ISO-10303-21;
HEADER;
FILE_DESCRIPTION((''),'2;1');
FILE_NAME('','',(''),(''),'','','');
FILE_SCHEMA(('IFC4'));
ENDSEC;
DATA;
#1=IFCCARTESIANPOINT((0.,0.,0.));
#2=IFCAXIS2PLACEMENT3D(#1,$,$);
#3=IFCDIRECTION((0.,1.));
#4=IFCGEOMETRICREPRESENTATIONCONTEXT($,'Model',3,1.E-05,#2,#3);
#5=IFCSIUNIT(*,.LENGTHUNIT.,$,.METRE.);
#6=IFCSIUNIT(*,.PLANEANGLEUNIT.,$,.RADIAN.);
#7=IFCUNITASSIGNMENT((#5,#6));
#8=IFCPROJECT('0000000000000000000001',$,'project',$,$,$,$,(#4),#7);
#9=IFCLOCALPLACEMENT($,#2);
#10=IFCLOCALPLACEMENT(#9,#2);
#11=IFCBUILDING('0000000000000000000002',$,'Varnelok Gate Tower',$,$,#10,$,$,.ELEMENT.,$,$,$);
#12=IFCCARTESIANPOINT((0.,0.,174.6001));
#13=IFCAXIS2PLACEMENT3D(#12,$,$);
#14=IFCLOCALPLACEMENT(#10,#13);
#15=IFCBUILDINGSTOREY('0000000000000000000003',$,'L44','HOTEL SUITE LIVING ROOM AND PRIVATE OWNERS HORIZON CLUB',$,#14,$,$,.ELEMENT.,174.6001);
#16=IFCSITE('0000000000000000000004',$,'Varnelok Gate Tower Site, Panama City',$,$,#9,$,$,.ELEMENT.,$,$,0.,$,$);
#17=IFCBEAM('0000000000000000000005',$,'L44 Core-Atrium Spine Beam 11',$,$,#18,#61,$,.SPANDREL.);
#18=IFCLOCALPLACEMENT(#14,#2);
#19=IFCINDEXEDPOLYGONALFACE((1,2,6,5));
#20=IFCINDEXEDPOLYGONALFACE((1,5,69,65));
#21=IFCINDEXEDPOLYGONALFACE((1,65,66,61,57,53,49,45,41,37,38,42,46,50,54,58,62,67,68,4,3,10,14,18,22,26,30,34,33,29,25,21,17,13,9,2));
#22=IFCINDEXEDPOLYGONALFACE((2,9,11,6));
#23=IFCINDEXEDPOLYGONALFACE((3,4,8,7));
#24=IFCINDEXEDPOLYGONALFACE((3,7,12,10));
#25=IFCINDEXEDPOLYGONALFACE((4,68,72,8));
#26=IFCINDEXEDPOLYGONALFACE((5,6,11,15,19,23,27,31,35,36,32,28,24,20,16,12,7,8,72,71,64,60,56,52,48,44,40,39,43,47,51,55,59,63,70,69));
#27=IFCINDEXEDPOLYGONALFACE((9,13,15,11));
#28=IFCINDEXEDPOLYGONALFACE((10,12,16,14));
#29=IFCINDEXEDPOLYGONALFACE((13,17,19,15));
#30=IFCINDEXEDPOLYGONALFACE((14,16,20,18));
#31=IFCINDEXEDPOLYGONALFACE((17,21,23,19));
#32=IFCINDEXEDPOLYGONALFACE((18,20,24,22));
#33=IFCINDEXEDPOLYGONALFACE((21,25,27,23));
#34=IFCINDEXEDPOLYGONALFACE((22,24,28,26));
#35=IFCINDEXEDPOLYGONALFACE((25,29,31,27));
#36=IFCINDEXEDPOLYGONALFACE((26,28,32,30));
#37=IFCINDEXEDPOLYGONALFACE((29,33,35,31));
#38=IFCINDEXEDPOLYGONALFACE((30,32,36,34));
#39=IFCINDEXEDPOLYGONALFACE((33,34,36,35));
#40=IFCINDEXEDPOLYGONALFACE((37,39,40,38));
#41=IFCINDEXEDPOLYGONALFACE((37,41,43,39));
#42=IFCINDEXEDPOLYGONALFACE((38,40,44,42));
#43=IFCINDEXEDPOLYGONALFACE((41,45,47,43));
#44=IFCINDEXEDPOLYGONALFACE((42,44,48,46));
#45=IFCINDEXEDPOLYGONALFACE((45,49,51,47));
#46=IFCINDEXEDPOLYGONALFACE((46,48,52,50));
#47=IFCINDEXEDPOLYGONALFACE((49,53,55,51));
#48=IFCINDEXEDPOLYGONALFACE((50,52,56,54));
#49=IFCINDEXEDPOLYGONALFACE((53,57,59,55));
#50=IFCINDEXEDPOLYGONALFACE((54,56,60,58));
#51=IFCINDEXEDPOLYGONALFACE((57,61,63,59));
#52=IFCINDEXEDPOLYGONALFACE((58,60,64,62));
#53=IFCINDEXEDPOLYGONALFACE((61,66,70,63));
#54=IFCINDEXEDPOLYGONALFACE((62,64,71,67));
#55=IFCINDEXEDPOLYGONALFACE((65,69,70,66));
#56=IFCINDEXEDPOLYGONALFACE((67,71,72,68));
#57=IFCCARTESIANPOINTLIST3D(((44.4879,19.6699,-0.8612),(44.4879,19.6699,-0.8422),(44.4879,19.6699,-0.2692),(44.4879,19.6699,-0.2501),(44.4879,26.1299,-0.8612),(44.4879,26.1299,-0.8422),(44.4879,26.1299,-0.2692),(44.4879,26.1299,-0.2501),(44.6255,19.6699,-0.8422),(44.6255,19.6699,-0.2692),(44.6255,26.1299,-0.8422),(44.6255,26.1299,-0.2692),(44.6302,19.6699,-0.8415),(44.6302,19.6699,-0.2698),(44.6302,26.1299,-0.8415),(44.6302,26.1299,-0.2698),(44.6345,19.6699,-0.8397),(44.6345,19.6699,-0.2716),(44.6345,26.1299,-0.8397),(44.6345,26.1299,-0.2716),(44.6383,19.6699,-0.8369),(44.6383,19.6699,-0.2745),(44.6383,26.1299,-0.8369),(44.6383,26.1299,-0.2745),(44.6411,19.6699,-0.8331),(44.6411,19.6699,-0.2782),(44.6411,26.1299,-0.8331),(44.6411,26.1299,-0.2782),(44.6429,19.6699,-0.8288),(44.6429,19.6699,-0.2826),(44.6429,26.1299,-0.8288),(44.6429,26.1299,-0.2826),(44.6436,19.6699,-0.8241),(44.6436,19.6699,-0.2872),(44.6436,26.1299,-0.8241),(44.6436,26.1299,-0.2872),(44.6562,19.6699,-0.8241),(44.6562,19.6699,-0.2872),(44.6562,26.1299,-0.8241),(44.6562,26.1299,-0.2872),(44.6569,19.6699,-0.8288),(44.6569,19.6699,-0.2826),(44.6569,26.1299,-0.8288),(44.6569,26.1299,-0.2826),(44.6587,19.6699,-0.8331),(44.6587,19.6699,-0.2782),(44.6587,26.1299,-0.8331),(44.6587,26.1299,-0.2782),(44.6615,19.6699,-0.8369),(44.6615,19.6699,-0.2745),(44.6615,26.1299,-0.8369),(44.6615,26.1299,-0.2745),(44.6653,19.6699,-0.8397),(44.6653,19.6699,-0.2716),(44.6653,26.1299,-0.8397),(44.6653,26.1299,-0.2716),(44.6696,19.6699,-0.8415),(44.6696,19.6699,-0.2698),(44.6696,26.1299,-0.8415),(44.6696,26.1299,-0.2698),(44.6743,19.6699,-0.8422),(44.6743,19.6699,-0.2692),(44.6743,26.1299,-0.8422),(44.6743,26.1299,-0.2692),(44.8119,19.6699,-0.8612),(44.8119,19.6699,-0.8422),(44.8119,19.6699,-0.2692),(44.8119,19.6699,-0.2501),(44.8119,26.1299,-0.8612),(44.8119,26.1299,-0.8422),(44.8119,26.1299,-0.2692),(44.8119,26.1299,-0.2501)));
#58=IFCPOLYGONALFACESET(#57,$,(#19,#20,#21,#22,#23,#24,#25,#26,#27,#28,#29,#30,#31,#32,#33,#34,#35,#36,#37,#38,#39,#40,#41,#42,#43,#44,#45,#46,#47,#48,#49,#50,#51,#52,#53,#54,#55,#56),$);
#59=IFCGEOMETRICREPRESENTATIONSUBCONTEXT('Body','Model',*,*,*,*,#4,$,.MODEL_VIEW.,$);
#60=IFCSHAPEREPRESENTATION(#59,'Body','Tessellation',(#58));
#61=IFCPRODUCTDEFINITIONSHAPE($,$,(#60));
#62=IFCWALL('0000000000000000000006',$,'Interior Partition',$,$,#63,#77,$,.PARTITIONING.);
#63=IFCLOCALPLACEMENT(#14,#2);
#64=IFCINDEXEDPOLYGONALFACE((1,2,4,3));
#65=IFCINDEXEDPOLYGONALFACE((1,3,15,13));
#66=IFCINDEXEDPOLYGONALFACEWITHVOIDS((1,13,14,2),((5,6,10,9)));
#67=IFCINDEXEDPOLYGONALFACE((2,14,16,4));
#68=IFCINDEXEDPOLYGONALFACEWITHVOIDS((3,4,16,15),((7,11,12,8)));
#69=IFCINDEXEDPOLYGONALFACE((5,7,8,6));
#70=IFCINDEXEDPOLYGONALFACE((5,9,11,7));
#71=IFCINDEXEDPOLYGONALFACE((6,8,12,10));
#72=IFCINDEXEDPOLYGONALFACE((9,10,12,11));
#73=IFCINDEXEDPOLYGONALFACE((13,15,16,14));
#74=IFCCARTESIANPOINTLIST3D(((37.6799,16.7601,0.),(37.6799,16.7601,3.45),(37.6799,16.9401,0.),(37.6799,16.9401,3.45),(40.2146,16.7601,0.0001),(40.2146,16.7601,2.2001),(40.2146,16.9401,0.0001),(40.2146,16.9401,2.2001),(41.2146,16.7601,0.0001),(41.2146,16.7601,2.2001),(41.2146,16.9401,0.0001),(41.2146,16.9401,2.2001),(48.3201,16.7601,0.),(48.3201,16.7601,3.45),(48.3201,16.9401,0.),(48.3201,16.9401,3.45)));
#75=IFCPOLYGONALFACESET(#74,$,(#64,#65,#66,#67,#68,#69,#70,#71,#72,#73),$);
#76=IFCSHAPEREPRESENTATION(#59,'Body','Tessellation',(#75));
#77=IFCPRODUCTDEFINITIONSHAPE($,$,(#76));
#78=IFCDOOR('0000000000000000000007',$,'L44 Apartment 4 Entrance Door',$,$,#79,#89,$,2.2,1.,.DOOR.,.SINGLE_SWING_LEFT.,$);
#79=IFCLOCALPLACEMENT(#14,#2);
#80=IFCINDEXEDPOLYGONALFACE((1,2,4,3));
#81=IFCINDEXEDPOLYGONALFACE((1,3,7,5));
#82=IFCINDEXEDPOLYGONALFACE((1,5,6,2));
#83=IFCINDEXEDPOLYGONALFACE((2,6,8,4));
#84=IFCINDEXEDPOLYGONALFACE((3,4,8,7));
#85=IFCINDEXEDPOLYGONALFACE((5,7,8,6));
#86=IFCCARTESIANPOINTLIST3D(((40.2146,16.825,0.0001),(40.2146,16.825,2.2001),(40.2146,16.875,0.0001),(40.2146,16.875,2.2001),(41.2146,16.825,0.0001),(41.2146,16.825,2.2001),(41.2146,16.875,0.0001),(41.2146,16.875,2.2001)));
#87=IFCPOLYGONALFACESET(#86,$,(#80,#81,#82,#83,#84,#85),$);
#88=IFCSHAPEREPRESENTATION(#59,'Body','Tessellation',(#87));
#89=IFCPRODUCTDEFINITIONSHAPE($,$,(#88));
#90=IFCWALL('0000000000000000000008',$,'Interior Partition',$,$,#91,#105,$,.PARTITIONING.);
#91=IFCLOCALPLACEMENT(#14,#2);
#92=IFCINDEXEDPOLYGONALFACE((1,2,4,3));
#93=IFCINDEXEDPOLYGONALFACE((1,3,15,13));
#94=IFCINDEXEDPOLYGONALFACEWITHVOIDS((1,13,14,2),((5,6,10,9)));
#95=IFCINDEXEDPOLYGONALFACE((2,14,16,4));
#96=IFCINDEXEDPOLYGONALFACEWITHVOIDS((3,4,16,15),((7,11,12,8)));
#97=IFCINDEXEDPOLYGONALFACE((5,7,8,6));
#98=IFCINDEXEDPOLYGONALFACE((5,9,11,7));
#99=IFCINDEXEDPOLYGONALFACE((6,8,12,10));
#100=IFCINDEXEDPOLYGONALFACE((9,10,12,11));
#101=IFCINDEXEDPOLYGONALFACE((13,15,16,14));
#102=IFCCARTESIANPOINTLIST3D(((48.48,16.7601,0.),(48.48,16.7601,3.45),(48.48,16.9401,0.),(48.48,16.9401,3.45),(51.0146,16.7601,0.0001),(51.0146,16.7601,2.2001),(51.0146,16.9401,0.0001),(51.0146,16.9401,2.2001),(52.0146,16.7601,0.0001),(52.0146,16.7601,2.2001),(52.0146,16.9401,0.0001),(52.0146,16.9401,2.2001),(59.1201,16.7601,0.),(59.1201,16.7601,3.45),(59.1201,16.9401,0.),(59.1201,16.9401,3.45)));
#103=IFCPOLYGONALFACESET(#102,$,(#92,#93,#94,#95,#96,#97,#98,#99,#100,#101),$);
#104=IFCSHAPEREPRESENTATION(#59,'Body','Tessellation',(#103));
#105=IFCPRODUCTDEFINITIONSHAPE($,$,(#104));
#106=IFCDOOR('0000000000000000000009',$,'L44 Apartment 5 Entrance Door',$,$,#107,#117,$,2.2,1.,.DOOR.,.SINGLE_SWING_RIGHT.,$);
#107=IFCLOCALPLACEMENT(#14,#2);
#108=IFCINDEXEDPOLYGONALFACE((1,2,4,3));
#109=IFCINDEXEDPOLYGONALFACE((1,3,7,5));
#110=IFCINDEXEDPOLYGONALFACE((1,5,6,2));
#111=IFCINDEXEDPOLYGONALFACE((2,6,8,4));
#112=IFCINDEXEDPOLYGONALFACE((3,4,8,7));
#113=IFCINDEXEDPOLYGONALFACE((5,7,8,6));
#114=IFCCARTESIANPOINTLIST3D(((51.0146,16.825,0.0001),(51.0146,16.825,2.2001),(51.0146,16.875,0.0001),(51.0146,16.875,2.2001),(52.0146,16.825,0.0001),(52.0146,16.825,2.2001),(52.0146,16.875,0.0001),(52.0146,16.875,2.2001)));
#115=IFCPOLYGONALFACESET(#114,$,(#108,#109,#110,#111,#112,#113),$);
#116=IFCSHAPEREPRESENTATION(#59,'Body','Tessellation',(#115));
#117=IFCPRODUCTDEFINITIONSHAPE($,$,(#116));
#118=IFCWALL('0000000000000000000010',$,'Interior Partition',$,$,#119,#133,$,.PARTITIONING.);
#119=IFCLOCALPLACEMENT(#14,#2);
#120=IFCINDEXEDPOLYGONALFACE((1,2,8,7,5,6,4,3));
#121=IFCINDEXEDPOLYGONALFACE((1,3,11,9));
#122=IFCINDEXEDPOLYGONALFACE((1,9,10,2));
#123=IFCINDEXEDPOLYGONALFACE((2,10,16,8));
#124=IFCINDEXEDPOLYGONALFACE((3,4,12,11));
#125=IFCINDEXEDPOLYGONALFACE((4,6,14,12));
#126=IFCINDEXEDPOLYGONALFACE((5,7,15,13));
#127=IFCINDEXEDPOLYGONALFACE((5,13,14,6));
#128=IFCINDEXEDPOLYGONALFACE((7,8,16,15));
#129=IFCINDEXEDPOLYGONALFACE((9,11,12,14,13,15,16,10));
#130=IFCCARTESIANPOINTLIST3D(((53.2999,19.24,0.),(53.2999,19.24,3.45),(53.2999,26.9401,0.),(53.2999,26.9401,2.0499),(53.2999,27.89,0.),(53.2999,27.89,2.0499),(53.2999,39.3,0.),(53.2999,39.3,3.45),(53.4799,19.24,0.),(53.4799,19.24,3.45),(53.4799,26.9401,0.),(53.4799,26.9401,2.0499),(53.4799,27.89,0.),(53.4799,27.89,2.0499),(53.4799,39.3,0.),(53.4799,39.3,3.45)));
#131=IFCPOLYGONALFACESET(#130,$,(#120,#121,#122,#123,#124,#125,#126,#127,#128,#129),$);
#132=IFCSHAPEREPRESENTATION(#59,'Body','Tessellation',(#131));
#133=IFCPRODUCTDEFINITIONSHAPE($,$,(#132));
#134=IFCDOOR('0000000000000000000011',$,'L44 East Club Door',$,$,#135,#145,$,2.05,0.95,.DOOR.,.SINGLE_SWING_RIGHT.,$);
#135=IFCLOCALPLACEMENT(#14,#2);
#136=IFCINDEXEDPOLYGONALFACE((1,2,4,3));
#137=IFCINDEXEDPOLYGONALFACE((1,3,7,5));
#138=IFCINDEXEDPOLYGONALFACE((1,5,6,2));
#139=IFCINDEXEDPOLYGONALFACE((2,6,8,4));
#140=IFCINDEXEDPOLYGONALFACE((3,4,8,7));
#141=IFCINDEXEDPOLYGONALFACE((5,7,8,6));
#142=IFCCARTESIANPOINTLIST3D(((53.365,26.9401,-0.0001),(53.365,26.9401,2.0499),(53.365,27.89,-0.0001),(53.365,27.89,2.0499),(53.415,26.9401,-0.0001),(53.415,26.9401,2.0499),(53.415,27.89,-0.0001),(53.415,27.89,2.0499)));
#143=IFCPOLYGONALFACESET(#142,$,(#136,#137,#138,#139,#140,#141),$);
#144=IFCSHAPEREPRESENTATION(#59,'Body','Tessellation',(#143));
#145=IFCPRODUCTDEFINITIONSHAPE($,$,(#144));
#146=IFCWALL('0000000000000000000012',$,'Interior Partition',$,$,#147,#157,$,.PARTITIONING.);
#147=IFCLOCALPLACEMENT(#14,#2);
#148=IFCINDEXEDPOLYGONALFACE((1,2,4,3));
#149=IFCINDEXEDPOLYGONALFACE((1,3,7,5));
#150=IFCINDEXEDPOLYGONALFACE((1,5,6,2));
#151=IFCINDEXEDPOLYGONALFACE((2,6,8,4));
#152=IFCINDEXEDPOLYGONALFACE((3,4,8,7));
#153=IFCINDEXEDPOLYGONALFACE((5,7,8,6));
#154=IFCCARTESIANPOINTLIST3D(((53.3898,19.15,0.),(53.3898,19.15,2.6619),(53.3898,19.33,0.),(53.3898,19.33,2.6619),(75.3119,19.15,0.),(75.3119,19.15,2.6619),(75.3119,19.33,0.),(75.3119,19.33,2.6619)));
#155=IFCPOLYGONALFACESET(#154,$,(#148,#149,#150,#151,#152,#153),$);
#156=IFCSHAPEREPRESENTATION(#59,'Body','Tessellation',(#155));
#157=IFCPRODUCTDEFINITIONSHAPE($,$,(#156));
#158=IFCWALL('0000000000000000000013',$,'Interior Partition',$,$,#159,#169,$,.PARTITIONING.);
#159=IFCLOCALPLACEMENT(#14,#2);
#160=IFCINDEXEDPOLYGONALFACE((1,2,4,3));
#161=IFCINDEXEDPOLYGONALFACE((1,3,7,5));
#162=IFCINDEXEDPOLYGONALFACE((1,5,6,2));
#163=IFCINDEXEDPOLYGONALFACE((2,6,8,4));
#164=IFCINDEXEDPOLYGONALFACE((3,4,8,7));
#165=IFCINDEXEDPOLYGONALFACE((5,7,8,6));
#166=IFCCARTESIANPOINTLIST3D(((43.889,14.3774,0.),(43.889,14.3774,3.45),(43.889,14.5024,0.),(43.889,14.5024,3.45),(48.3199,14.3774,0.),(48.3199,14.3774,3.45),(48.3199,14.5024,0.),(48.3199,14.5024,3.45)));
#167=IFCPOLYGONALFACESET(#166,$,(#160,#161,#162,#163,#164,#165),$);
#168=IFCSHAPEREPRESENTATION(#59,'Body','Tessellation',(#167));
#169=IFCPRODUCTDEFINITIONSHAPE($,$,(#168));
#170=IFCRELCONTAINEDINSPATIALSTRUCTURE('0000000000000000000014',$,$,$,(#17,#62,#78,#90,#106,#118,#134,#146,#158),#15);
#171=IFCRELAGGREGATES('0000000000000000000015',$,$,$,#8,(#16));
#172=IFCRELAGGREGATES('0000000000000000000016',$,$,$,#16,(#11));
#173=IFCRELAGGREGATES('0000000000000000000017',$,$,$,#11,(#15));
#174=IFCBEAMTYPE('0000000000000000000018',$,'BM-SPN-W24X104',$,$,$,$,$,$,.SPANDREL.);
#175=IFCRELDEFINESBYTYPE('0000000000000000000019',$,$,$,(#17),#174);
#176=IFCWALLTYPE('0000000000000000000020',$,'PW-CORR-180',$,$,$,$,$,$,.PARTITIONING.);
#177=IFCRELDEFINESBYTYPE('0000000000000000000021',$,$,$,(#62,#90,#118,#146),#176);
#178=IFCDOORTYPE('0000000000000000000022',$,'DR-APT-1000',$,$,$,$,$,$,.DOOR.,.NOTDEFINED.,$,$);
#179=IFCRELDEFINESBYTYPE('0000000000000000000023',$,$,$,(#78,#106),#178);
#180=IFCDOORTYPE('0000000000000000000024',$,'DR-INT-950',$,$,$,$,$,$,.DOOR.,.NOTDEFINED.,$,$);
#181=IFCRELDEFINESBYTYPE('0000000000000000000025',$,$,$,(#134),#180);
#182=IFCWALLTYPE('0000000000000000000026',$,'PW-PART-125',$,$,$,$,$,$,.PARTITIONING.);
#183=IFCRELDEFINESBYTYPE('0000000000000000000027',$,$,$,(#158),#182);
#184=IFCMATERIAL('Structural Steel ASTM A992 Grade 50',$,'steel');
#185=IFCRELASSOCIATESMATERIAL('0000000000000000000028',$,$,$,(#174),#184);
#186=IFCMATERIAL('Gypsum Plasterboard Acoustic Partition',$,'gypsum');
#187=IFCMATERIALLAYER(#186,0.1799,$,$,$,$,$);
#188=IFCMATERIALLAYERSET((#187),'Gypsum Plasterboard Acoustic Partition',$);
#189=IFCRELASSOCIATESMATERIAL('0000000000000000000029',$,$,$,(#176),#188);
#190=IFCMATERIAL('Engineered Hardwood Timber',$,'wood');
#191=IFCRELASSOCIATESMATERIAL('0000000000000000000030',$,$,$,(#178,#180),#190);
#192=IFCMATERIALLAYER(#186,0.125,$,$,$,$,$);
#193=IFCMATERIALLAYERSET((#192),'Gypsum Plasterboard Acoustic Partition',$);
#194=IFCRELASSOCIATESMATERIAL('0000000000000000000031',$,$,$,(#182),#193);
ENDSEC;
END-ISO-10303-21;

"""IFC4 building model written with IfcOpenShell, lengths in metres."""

from ifc_helpers import new_model, si_unit, direction, frame, frame_2d, origin, origin_2d, place, context, subcontext, project, spatial, rectangle, i_section, extrude, material, layer, layer_set, material_profile, profile_set, type_object, element, fill, save


model = new_model("IFC4")

# Units and contexts
model_context = context("Model", 3, precision=1e-05, world=origin(), true_north=direction((0.0, 1.0)))
body_context = subcontext(model_context, "Body", "Model", "MODEL_VIEW")
ifc_project = project(units=[si_unit("LENGTHUNIT", "METRE"), si_unit("PLANEANGLEUNIT", "RADIAN")], contexts=[model_context])

# Site, building, storey
site_placement = place(None, origin())
site = spatial("IfcSite", under=ifc_project, at=site_placement, Name="Varnelok Gate Tower Site, Panama City", CompositionType="ELEMENT", RefElevation=0.0)
building_placement = place(site_placement, origin())
building = spatial("IfcBuilding", under=site, at=building_placement, Name="Varnelok Gate Tower", CompositionType="ELEMENT")
storey_placement = place(building_placement, frame((0.0, 0.0, 174.6001)))
storey = spatial("IfcBuildingStorey", under=building, at=storey_placement, Name="L44", Description="HOTEL SUITE LIVING ROOM AND PRIVATE OWNERS HORIZON CLUB", CompositionType="ELEMENT", Elevation=174.6001)

# Shared definitions
ifc_material_1 = material(Name="Structural Steel ASTM A992 Grade 50", Category="steel")

# Beam
ifc_material_profile_1 = material_profile(ifc_material_1, i_section(OverallWidth=0.324, OverallDepth=0.6111, WebThickness=0.0127, FlangeThickness=0.019, FilletRadius=0.0181, at=origin_2d()), Name="W24X104")
ifc_profile_set_1 = profile_set([ifc_material_profile_1], Name="Structural Steel ASTM A992 Grade 50")
beam_type_1 = type_object("IfcBeamType", Name="BM-SPN-W24X104", PredefinedType="SPANDREL", material=ifc_profile_set_1)
beam_1_placement = place(storey_placement, frame((44.6499, 19.6699, -0.5557), z_axis=(0.0, 1.0, 0.0), x_axis=(-1.0, 0.0, 0.0)))
element("IfcBeam", 1, at=beam_1_placement, inside=storey, type_object=beam_type_1, Name="L44 Core-Atrium Spine Beam 11", PredefinedType="SPANDREL", context=body_context, shape_type="SweptSolid", body=[
    extrude(i_section(OverallWidth=0.324, OverallDepth=0.6111, WebThickness=0.0127, FlangeThickness=0.019, FilletRadius=0.0181, at=origin_2d()), origin(), (0.0, 0.0, 1.0), 6.46),
])

# Walls, openings, doors
ifc_material_2 = material(Name="Gypsum Plasterboard Acoustic Partition", Category="gypsum")
ifc_layer_1 = layer(ifc_material_2, 0.1799)
ifc_layer_set_1 = layer_set([ifc_layer_1], Name="Gypsum Plasterboard Acoustic Partition")
wall_type_1 = type_object("IfcWallType", Name="PW-CORR-180", PredefinedType="PARTITIONING", material=ifc_layer_set_1)
wall_1_placement = place(storey_placement, frame((37.6799, 16.8501, 0.0), z_axis=(0.0, 0.0, 1.0), x_axis=(1.0, 0.0, 0.0)))
wall_1 = element("IfcWall", 2, at=wall_1_placement, inside=storey, type_object=wall_type_1, Name="Interior Partition", PredefinedType="PARTITIONING", context=body_context, shape_type="SweptSolid", body=[
    extrude(rectangle(XDim=10.6401, YDim=0.1799, at=frame_2d((5.3201, 0.0))), origin(), (0.0, 0.0, 1.0), 3.45),
])
opening_1_placement = place(wall_1_placement, frame((2.5347, 0.0, 0.0)))
opening_1 = element("IfcOpeningElement", 3, at=opening_1_placement, cuts=wall_1, PredefinedType="OPENING", context=body_context, shape_type="SweptSolid", body=[
    extrude(rectangle(XDim=1.0, YDim=2.2, at=frame_2d((0.5, 1.1001))), frame((0.0, 0.0999, 0.0), z_axis=(0.0, -1.0, 0.0), x_axis=(1.0, 0.0, 0.0)), (0.0, 0.0, 1.0), 0.2),
])
ifc_material_3 = material(Name="Engineered Hardwood Timber", Category="wood")
door_type_1 = type_object("IfcDoorType", Name="DR-APT-1000", OperationType="NOTDEFINED", PredefinedType="DOOR", material=ifc_material_3)
door_1_placement = place(opening_1_placement, origin())
door_1 = element("IfcDoor", 4, at=door_1_placement, inside=storey, type_object=door_type_1, Name="L44 Apartment 4 Entrance Door", OperationType="SINGLE_SWING_LEFT", OverallHeight=2.2, OverallWidth=1.0, PredefinedType="DOOR", context=body_context, shape_type="SweptSolid", body=[
    extrude(rectangle(XDim=1.0, YDim=2.2, at=frame_2d((0.5, 1.1001))), frame((0.0, 0.0249, 0.0), z_axis=(0.0, -1.0, 0.0), x_axis=(1.0, 0.0, 0.0)), (0.0, 0.0, 1.0), 0.05),
])
fill(opening_1, door_1)
wall_2_placement = place(storey_placement, frame((48.48, 16.8501, 0.0), z_axis=(0.0, 0.0, 1.0), x_axis=(1.0, 0.0, 0.0)))
wall_2 = element("IfcWall", 5, at=wall_2_placement, inside=storey, type_object=wall_type_1, Name="Interior Partition", PredefinedType="PARTITIONING", context=body_context, shape_type="SweptSolid", body=[
    extrude(rectangle(XDim=10.6401, YDim=0.1799, at=frame_2d((5.3201, 0.0))), origin(), (0.0, 0.0, 1.0), 3.45),
])
opening_2_placement = place(wall_2_placement, frame((2.5347, 0.0, 0.0)))
opening_2 = element("IfcOpeningElement", 6, at=opening_2_placement, cuts=wall_2, PredefinedType="OPENING", context=body_context, shape_type="SweptSolid", body=[
    extrude(rectangle(XDim=1.0, YDim=2.2, at=frame_2d((0.5, 1.1001))), frame((0.0, 0.0999, 0.0), z_axis=(0.0, -1.0, 0.0), x_axis=(1.0, 0.0, 0.0)), (0.0, 0.0, 1.0), 0.2),
])
door_2_placement = place(opening_2_placement, origin())
door_2 = element("IfcDoor", 7, at=door_2_placement, inside=storey, type_object=door_type_1, Name="L44 Apartment 5 Entrance Door", OperationType="SINGLE_SWING_RIGHT", OverallHeight=2.2, OverallWidth=1.0, PredefinedType="DOOR", context=body_context, shape_type="SweptSolid", body=[
    extrude(rectangle(XDim=1.0, YDim=2.2, at=frame_2d((0.5, 1.1001))), frame((0.0, 0.0249, 0.0), z_axis=(0.0, -1.0, 0.0), x_axis=(1.0, 0.0, 0.0)), (0.0, 0.0, 1.0), 0.05),
])
fill(opening_2, door_2)
wall_3_placement = place(storey_placement, frame((53.3899, 19.24, 0.0), z_axis=(0.0, 0.0, 1.0), x_axis=(0.0, 1.0, 0.0)))
wall_3 = element("IfcWall", 8, at=wall_3_placement, inside=storey, type_object=wall_type_1, Name="Interior Partition", PredefinedType="PARTITIONING", context=body_context, shape_type="SweptSolid", body=[
    extrude(rectangle(XDim=20.0601, YDim=0.1799, at=frame_2d((10.03, 0.0))), origin(), (0.0, 0.0, 1.0), 3.45),
])
opening_3_placement = place(wall_3_placement, frame((7.7, 0.0, 0.0)))
opening_3 = element("IfcOpeningElement", 9, at=opening_3_placement, cuts=wall_3, PredefinedType="OPENING", context=body_context, shape_type="SweptSolid", body=[
    extrude(rectangle(XDim=0.95, YDim=2.05, at=frame_2d((0.4751, 1.0249))), frame((0.0, 0.0999, 0.0), z_axis=(0.0, -1.0, 0.0), x_axis=(1.0, 0.0, 0.0)), (0.0, 0.0, 1.0), 0.2),
])
door_type_2 = type_object("IfcDoorType", Name="DR-INT-950", OperationType="NOTDEFINED", PredefinedType="DOOR", material=ifc_material_3)
door_3_placement = place(opening_3_placement, origin())
door_3 = element("IfcDoor", 10, at=door_3_placement, inside=storey, type_object=door_type_2, Name="L44 East Club Door", OperationType="SINGLE_SWING_RIGHT", OverallHeight=2.05, OverallWidth=0.95, PredefinedType="DOOR", context=body_context, shape_type="SweptSolid", body=[
    extrude(rectangle(XDim=0.95, YDim=2.05, at=frame_2d((0.4751, 1.0249))), frame((0.0, 0.0249, 0.0), z_axis=(0.0, -1.0, 0.0), x_axis=(1.0, 0.0, 0.0)), (0.0, 0.0, 1.0), 0.05),
])
fill(opening_3, door_3)

# Walls
wall_4_placement = place(storey_placement, frame((53.3899, 19.24, 0.0), z_axis=(0.0, 0.0, 1.0), x_axis=(1.0, 0.0, 0.0)))
element("IfcWall", 11, at=wall_4_placement, inside=storey, type_object=wall_type_1, Name="Interior Partition", PredefinedType="PARTITIONING", context=body_context, shape_type="SweptSolid", body=[
    extrude(rectangle(XDim=21.9221, YDim=0.1799, at=frame_2d((10.9609, 0.0))), origin(), (0.0, 0.0, 1.0), 2.6619),
])
ifc_layer_2 = layer(ifc_material_2, 0.125)
ifc_layer_set_2 = layer_set([ifc_layer_2], Name="Gypsum Plasterboard Acoustic Partition")
wall_type_2 = type_object("IfcWallType", Name="PW-PART-125", PredefinedType="PARTITIONING", material=ifc_layer_set_2)
wall_5_placement = place(storey_placement, frame((43.8892, 14.4399, 0.0), z_axis=(0.0, 0.0, 1.0), x_axis=(1.0, 0.0, 0.0)))
element("IfcWall", 12, at=wall_5_placement, inside=storey, type_object=wall_type_2, Name="Interior Partition", PredefinedType="PARTITIONING", context=body_context, shape_type="SweptSolid", body=[
    extrude(rectangle(XDim=4.4309, YDim=0.125, at=frame_2d((2.2153, 0.0))), origin(), (0.0, 0.0, 1.0), 3.45),
])

save(model, "model.ifc")
